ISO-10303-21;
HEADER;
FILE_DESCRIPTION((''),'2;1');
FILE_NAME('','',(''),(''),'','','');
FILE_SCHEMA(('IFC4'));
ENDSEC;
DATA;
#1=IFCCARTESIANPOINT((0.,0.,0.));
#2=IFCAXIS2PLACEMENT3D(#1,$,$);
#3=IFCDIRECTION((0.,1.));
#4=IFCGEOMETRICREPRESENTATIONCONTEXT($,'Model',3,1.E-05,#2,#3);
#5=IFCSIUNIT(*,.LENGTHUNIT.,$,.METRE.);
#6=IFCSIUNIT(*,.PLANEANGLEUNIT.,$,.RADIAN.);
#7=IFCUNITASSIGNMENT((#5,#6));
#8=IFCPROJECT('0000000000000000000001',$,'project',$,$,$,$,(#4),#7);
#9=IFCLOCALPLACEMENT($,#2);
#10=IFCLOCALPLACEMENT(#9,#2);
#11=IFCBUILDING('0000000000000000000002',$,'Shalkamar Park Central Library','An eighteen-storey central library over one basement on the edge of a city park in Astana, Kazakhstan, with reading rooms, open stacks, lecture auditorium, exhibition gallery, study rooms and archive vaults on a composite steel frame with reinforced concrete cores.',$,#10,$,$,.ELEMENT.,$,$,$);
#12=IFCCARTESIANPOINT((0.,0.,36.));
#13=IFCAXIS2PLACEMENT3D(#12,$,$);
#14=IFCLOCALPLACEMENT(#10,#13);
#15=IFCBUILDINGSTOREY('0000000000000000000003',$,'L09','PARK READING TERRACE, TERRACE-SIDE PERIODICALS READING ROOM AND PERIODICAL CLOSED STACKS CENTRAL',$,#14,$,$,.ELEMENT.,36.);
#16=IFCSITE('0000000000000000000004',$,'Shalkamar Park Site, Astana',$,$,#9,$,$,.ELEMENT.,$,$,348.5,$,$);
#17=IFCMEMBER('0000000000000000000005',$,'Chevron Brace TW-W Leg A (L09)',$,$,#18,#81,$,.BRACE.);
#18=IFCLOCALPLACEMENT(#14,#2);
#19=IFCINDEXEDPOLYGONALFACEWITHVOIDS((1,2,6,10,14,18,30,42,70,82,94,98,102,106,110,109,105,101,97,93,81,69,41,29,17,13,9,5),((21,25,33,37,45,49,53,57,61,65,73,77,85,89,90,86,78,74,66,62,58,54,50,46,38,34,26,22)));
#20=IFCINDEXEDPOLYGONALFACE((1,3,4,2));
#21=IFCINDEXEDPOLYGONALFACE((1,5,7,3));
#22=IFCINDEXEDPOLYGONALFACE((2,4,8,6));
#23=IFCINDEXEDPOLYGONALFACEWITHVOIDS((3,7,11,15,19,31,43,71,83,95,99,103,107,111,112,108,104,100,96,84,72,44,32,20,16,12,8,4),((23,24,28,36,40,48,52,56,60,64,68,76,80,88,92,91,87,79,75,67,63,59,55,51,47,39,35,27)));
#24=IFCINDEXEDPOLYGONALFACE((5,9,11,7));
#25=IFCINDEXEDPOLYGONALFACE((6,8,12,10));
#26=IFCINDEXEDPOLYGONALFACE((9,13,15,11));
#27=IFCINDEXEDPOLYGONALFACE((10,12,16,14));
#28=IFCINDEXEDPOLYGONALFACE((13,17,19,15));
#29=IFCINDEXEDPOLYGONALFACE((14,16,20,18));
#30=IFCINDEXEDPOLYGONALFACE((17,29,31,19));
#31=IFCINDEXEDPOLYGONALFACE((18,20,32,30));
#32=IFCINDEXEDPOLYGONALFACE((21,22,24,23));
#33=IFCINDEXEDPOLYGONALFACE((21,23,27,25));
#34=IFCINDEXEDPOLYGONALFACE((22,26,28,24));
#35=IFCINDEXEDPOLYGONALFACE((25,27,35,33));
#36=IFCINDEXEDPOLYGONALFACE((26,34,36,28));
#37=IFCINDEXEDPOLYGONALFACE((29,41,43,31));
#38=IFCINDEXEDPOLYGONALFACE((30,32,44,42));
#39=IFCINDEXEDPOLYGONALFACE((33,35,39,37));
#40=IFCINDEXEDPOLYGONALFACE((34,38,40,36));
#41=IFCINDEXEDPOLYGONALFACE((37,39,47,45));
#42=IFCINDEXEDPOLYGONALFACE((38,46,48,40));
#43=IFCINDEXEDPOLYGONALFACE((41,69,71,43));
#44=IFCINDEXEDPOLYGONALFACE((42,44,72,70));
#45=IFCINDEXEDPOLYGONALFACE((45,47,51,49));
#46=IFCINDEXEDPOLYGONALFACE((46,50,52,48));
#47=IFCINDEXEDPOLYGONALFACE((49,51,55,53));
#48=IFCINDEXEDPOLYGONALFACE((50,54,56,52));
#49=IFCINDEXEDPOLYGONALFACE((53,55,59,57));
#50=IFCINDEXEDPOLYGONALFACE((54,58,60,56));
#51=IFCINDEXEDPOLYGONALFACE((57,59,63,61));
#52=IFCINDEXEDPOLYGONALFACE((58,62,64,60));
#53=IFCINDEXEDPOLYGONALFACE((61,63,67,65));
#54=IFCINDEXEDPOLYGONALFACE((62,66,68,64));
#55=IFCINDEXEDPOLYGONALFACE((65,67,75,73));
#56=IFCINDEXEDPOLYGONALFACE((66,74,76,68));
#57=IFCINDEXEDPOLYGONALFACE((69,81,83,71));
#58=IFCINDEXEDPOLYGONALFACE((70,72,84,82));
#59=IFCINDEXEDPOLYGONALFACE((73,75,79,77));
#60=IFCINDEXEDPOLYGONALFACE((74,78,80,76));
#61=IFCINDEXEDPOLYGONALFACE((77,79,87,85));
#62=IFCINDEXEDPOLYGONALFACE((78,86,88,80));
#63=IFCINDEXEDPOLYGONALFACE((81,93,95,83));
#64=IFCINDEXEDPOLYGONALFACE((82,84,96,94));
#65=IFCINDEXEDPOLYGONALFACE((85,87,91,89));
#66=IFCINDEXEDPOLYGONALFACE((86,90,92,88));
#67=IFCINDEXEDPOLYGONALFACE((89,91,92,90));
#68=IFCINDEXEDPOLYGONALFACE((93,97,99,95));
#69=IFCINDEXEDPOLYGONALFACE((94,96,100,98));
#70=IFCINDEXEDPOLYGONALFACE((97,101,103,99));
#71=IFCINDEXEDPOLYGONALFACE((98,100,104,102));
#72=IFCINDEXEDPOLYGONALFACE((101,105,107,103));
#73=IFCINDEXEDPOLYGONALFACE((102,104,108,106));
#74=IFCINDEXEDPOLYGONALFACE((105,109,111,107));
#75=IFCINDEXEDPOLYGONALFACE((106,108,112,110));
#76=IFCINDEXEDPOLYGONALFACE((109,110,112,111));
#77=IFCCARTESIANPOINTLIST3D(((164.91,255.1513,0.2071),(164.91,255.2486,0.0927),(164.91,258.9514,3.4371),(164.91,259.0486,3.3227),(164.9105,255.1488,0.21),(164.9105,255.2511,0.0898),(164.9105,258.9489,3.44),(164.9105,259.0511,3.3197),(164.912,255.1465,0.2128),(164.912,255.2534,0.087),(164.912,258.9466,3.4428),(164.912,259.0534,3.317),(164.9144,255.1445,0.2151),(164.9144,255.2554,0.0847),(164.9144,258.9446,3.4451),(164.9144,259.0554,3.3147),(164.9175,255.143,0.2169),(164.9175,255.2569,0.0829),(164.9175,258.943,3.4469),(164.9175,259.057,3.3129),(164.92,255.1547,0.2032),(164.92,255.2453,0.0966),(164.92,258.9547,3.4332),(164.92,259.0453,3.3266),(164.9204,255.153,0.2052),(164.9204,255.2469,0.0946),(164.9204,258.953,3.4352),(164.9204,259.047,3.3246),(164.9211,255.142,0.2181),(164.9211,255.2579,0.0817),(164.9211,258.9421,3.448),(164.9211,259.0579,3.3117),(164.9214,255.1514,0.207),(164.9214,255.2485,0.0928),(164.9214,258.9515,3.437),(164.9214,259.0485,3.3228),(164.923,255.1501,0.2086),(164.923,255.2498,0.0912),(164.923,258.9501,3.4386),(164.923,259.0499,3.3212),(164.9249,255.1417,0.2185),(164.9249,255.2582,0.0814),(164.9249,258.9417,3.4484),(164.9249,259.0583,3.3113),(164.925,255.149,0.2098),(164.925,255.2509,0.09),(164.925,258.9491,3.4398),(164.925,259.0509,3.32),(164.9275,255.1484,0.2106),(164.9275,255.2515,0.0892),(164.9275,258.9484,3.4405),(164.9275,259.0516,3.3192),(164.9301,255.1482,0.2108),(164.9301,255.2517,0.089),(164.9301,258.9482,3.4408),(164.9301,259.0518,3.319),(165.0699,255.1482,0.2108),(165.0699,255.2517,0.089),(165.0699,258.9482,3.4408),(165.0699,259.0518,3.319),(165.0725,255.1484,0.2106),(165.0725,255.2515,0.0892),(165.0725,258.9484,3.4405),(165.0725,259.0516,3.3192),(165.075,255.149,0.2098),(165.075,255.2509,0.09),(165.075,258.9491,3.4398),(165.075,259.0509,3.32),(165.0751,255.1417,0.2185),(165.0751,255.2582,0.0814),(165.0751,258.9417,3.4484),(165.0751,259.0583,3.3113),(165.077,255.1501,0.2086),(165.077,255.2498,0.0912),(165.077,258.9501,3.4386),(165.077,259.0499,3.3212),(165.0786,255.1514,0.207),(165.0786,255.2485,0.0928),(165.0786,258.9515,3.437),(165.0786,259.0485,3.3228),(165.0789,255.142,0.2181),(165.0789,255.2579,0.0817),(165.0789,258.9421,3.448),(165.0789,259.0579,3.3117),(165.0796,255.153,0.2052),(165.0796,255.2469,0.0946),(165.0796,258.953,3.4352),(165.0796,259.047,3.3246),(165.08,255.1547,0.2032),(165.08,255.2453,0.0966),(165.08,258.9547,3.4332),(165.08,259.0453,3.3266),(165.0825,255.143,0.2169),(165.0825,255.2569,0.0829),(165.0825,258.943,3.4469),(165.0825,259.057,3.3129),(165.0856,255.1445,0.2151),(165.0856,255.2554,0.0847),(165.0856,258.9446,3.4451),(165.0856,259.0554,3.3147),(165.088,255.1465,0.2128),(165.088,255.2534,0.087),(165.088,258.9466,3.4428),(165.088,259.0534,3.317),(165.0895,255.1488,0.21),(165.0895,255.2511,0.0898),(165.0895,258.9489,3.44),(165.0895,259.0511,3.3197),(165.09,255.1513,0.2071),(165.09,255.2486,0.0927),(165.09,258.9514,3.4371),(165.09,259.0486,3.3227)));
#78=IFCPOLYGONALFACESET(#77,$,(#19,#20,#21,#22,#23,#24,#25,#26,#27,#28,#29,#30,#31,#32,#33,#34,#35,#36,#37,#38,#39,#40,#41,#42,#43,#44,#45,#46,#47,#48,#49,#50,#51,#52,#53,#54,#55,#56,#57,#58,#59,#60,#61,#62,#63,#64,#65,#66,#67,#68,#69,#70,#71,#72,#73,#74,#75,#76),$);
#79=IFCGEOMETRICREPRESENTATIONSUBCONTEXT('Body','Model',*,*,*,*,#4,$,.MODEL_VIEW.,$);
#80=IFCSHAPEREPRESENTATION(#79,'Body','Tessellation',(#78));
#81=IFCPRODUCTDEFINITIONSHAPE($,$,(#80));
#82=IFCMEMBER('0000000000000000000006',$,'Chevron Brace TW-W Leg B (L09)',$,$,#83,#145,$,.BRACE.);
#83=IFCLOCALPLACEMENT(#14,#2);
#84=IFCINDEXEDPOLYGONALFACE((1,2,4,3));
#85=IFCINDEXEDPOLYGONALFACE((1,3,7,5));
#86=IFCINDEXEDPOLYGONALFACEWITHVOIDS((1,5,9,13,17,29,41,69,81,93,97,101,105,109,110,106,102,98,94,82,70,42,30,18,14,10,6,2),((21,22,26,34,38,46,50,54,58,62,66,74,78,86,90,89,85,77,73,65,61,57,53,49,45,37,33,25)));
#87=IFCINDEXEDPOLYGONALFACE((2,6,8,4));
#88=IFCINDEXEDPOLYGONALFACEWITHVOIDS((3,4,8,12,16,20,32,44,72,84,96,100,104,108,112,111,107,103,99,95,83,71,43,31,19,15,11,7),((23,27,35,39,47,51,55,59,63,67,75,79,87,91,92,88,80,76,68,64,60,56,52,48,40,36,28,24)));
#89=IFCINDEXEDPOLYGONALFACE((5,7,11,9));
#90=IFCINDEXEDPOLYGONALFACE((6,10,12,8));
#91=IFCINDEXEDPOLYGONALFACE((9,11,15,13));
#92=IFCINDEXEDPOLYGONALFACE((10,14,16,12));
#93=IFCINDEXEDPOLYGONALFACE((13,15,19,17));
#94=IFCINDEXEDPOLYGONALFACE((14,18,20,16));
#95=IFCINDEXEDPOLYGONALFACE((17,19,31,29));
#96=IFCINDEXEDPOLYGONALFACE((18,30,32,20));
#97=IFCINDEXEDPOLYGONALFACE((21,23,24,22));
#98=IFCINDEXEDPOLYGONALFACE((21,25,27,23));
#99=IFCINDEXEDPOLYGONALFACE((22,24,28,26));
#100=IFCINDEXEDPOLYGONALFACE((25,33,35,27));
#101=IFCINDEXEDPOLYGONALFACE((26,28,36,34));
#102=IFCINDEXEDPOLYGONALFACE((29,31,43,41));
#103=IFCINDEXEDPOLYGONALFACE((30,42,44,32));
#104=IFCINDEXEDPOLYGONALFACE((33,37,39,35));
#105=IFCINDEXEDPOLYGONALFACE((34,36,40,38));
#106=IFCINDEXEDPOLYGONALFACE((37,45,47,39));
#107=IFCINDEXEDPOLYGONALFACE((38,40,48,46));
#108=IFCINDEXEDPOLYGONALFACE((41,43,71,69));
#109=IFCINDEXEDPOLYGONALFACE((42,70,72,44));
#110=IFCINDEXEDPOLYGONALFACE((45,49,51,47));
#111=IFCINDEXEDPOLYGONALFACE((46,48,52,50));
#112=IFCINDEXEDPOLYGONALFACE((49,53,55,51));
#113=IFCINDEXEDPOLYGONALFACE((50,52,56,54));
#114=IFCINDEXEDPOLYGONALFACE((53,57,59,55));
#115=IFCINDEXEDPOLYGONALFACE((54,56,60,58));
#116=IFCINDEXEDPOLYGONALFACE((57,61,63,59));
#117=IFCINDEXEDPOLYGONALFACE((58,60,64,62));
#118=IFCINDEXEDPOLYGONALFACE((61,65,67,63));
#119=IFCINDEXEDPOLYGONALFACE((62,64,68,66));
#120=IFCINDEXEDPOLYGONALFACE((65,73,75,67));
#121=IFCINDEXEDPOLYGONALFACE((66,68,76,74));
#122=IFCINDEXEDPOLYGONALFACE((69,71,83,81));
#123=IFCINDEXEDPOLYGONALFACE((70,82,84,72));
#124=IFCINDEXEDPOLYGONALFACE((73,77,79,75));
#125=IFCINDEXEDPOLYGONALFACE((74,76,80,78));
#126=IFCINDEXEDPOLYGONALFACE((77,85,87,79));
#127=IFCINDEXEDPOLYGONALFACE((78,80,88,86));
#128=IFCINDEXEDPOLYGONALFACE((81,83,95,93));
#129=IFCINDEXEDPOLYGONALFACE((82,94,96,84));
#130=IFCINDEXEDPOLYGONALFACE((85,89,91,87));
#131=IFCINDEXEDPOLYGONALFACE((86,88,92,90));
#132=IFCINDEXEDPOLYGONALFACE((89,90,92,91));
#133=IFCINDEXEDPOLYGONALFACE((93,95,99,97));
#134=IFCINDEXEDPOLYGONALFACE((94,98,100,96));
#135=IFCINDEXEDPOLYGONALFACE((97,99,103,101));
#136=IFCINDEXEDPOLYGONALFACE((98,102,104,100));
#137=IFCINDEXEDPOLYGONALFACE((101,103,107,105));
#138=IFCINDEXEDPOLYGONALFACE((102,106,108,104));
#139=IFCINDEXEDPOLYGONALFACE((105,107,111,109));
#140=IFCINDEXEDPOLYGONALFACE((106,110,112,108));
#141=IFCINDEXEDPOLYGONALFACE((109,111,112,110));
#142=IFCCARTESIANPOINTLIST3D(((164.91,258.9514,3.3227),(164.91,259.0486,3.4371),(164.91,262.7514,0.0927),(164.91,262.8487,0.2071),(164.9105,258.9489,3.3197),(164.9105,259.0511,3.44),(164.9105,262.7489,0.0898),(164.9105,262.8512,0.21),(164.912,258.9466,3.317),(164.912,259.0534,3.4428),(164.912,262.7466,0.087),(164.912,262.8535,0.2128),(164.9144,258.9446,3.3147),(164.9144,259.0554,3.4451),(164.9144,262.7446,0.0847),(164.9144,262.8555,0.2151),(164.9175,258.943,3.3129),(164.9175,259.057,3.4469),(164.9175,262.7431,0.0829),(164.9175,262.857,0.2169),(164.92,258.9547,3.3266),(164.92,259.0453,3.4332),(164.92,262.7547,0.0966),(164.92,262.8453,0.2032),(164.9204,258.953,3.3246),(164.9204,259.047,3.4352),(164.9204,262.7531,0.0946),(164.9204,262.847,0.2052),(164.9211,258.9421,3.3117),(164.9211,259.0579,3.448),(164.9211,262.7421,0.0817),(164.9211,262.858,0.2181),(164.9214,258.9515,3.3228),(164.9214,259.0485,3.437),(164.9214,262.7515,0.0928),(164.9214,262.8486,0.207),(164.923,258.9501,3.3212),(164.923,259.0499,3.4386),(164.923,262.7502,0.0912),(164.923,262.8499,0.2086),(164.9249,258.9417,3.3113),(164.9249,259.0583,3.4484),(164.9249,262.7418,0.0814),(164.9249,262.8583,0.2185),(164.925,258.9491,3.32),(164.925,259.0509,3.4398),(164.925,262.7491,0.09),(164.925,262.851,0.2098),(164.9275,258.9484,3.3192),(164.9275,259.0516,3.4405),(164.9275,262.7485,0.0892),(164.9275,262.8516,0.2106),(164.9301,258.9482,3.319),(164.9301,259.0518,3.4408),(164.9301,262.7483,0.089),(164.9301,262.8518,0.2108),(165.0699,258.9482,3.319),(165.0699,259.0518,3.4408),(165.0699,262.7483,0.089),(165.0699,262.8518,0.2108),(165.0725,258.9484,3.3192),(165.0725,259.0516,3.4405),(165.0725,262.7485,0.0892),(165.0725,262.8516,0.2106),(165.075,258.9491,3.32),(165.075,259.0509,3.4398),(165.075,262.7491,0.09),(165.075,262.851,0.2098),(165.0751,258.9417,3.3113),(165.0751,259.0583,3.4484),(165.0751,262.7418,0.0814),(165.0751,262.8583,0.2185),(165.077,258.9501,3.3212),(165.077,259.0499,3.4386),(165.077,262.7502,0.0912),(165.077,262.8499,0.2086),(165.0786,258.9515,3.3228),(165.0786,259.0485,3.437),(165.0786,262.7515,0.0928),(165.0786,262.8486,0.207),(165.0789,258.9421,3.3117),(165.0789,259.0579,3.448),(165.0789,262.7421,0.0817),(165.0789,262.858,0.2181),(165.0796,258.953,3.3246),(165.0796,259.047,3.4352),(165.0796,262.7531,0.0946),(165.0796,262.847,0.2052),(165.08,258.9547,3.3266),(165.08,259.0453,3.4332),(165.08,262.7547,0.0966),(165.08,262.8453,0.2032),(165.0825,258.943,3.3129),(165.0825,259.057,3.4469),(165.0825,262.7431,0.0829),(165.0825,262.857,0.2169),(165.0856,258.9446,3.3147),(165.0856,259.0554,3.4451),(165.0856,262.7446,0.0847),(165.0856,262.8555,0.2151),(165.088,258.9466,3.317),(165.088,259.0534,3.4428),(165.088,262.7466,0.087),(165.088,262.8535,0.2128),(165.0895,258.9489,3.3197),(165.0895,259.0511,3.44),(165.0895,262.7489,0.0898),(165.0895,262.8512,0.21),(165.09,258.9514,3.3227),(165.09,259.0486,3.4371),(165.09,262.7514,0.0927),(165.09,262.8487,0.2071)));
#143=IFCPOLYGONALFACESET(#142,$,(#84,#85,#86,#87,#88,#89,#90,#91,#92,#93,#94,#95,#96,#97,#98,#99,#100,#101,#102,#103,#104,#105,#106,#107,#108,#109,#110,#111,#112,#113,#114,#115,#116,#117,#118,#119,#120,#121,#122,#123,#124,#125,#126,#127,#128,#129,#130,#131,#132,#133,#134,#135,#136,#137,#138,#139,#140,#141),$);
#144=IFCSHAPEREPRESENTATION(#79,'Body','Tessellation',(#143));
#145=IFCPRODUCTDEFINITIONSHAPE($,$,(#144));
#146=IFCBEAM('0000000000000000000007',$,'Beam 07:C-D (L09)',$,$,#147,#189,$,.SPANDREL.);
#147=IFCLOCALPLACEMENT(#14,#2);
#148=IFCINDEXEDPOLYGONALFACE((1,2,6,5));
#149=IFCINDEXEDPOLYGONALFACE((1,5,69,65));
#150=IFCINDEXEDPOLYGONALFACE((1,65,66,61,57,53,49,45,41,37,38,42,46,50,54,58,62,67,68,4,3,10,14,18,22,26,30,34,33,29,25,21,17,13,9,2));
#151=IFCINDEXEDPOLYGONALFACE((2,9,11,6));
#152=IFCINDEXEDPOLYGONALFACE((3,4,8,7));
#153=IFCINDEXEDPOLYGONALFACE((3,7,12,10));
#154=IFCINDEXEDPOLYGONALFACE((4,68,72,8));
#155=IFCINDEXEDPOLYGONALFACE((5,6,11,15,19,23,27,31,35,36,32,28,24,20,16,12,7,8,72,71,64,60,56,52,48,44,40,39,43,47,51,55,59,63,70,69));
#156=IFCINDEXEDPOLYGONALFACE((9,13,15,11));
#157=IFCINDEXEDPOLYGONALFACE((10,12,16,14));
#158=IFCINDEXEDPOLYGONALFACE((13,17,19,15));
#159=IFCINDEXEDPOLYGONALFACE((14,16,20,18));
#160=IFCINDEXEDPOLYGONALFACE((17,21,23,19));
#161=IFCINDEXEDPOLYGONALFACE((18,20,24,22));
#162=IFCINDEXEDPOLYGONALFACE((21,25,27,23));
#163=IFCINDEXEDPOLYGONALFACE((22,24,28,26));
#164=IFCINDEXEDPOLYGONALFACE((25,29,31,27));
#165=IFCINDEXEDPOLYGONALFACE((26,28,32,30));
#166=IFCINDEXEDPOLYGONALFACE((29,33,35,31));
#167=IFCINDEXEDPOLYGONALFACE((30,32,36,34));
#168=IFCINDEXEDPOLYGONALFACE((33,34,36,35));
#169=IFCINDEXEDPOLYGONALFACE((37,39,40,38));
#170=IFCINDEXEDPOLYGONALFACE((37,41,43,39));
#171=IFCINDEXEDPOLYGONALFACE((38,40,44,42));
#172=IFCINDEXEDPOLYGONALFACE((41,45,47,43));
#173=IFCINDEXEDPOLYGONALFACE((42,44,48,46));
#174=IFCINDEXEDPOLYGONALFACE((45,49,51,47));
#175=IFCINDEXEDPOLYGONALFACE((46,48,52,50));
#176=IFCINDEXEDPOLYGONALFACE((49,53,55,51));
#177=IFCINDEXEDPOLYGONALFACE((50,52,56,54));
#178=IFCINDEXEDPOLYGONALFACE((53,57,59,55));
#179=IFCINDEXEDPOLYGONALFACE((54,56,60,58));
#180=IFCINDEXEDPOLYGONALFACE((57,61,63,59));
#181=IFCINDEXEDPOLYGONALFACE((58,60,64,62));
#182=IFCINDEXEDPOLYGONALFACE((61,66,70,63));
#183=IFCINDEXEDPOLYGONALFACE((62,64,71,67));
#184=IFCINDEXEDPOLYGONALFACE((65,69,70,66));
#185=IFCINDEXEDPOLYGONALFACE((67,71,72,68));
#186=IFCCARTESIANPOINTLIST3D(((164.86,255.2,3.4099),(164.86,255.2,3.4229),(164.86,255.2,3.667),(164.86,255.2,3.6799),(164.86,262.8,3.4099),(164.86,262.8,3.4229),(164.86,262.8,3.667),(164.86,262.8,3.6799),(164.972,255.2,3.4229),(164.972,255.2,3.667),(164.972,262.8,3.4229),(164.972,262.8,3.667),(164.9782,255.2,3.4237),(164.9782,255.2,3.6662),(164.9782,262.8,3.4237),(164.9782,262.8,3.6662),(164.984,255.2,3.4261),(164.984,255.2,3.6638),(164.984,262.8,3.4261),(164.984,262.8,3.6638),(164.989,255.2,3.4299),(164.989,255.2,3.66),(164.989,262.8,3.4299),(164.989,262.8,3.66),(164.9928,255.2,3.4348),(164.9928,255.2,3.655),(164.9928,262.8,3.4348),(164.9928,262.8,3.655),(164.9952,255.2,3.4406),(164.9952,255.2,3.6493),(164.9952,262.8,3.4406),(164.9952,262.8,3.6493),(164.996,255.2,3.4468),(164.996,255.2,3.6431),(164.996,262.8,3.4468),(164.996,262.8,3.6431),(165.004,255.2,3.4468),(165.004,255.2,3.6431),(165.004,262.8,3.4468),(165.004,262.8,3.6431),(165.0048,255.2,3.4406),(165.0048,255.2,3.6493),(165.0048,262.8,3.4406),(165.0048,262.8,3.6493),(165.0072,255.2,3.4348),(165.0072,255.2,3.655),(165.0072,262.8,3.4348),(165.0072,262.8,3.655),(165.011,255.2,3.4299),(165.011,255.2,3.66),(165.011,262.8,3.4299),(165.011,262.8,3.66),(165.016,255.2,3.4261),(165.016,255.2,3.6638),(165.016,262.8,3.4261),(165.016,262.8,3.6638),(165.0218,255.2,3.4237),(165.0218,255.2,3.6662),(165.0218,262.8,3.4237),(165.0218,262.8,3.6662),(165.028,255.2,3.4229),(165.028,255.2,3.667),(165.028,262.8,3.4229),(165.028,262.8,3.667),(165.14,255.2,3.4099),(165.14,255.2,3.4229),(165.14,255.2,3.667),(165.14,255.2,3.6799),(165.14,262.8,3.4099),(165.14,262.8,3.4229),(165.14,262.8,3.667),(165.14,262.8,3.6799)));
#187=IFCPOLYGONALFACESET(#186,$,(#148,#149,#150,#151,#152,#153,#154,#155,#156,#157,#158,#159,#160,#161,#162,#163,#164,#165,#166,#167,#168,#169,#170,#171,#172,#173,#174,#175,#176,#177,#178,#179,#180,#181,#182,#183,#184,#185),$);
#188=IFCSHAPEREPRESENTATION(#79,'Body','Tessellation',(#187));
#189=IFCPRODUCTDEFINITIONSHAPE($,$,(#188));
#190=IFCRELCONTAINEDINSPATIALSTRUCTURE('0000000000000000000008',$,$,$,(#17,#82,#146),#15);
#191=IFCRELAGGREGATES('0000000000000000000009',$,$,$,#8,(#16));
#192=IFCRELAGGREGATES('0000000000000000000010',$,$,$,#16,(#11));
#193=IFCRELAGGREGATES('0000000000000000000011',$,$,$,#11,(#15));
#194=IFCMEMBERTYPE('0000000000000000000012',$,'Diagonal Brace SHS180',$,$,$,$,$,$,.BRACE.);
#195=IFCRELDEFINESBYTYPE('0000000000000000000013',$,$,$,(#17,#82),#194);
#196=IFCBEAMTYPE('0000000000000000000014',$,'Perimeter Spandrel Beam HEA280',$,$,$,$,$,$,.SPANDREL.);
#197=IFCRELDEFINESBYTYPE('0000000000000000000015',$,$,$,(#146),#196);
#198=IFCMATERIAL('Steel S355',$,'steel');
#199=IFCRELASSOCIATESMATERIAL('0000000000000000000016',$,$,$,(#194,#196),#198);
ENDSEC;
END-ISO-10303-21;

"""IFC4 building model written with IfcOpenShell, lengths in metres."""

from ifc_helpers import new_model, si_unit, direction, frame, origin, origin_2d, place, context, subcontext, project, spatial, hollow_rectangle, i_section, extrude, material, material_profile, profile_set, type_object, element, save


model = new_model("IFC4")

# Units and contexts
model_context = context("Model", 3, precision=1e-05, world=origin(), true_north=direction((0.0, 1.0)))
body_context = subcontext(model_context, "Body", "Model", "MODEL_VIEW")
ifc_project = project(units=[si_unit("LENGTHUNIT", "METRE"), si_unit("PLANEANGLEUNIT", "RADIAN")], contexts=[model_context])

# Site, building, storey
site_placement = place(None, origin())
site = spatial("IfcSite", under=ifc_project, at=site_placement, Name="Shalkamar Park Site, Astana", CompositionType="ELEMENT", RefElevation=348.5)
building_placement = place(site_placement, origin())
building = spatial("IfcBuilding", under=site, at=building_placement, Name="Shalkamar Park Central Library", Description="An eighteen-storey central library over one basement on the edge of a city park in Astana, Kazakhstan, with reading rooms, open stacks, lecture auditorium, exhibition gallery, study rooms and archive vaults on a composite steel frame with reinforced concrete cores.", CompositionType="ELEMENT")
storey_placement = place(building_placement, frame((0.0, 0.0, 36.0)))
storey = spatial("IfcBuildingStorey", under=building, at=storey_placement, Name="L09", Description="PARK READING TERRACE, TERRACE-SIDE PERIODICALS READING ROOM AND PERIODICAL CLOSED STACKS CENTRAL", CompositionType="ELEMENT", Elevation=36.0)

# Shared definitions
ifc_material_1 = material(Name="Steel S355", Category="steel")

# Members
ifc_material_profile_1 = material_profile(ifc_material_1, hollow_rectangle(XDim=0.1799, YDim=0.1799, WallThickness=0.01, InnerFilletRadius=0.01, OuterFilletRadius=0.0149, at=origin_2d()), Name="SHS 180x180x10")
ifc_profile_set_1 = profile_set([ifc_material_profile_1], Name="Steel S355")
member_type = type_object("IfcMemberType", Name="Diagonal Brace SHS180", PredefinedType="BRACE", material=ifc_profile_set_1)
for number, where, z_axis, x_axis, name in (
    (1, (165.0, 255.2, 0.1499), (0.0, 0.761945, 0.647641), (-1.0, 0.0, 0.0), "Chevron Brace TW-W Leg A (L09)"),
    (2, (165.0, 262.8, 0.1499), (0.0, -0.761945, 0.647641), (1.0, 0.0, 0.0), "Chevron Brace TW-W Leg B (L09)"),
):
    element("IfcMember", number, at=place(storey_placement, frame(where, z_axis=z_axis, x_axis=x_axis)), inside=storey, type_object=member_type, Name=name, PredefinedType="BRACE", context=body_context, shape_type="SweptSolid", body=[
        extrude(hollow_rectangle(XDim=0.1799, YDim=0.1799, WallThickness=0.01, InnerFilletRadius=0.01, OuterFilletRadius=0.0149, at=origin_2d()), origin(), (0.0, 0.0, 1.0), 4.9873),
    ])

# Beam
ifc_material_profile_2 = material_profile(ifc_material_1, i_section(OverallWidth=0.28, OverallDepth=0.27, WebThickness=0.0081, FlangeThickness=0.0129, FilletRadius=0.0239, at=origin_2d()), Name="HEA 280")
ifc_profile_set_2 = profile_set([ifc_material_profile_2], Name="Steel S355")
beam_type_1 = type_object("IfcBeamType", Name="Perimeter Spandrel Beam HEA280", PredefinedType="SPANDREL", material=ifc_profile_set_2)
beam_1_placement = place(storey_placement, frame((165.0, 255.2, 3.5449), z_axis=(0.0, 1.0, 0.0), x_axis=(-1.0, 0.0, 0.0)))
element("IfcBeam", 3, at=beam_1_placement, inside=storey, type_object=beam_type_1, Name="Beam 07:C-D (L09)", PredefinedType="SPANDREL", context=body_context, shape_type="SweptSolid", body=[
    extrude(i_section(OverallWidth=0.28, OverallDepth=0.27, WebThickness=0.0081, FlangeThickness=0.0129, FilletRadius=0.0239, at=origin_2d()), origin(), (0.0, 0.0, 1.0), 7.6001),
])

save(model, "model.ifc")
